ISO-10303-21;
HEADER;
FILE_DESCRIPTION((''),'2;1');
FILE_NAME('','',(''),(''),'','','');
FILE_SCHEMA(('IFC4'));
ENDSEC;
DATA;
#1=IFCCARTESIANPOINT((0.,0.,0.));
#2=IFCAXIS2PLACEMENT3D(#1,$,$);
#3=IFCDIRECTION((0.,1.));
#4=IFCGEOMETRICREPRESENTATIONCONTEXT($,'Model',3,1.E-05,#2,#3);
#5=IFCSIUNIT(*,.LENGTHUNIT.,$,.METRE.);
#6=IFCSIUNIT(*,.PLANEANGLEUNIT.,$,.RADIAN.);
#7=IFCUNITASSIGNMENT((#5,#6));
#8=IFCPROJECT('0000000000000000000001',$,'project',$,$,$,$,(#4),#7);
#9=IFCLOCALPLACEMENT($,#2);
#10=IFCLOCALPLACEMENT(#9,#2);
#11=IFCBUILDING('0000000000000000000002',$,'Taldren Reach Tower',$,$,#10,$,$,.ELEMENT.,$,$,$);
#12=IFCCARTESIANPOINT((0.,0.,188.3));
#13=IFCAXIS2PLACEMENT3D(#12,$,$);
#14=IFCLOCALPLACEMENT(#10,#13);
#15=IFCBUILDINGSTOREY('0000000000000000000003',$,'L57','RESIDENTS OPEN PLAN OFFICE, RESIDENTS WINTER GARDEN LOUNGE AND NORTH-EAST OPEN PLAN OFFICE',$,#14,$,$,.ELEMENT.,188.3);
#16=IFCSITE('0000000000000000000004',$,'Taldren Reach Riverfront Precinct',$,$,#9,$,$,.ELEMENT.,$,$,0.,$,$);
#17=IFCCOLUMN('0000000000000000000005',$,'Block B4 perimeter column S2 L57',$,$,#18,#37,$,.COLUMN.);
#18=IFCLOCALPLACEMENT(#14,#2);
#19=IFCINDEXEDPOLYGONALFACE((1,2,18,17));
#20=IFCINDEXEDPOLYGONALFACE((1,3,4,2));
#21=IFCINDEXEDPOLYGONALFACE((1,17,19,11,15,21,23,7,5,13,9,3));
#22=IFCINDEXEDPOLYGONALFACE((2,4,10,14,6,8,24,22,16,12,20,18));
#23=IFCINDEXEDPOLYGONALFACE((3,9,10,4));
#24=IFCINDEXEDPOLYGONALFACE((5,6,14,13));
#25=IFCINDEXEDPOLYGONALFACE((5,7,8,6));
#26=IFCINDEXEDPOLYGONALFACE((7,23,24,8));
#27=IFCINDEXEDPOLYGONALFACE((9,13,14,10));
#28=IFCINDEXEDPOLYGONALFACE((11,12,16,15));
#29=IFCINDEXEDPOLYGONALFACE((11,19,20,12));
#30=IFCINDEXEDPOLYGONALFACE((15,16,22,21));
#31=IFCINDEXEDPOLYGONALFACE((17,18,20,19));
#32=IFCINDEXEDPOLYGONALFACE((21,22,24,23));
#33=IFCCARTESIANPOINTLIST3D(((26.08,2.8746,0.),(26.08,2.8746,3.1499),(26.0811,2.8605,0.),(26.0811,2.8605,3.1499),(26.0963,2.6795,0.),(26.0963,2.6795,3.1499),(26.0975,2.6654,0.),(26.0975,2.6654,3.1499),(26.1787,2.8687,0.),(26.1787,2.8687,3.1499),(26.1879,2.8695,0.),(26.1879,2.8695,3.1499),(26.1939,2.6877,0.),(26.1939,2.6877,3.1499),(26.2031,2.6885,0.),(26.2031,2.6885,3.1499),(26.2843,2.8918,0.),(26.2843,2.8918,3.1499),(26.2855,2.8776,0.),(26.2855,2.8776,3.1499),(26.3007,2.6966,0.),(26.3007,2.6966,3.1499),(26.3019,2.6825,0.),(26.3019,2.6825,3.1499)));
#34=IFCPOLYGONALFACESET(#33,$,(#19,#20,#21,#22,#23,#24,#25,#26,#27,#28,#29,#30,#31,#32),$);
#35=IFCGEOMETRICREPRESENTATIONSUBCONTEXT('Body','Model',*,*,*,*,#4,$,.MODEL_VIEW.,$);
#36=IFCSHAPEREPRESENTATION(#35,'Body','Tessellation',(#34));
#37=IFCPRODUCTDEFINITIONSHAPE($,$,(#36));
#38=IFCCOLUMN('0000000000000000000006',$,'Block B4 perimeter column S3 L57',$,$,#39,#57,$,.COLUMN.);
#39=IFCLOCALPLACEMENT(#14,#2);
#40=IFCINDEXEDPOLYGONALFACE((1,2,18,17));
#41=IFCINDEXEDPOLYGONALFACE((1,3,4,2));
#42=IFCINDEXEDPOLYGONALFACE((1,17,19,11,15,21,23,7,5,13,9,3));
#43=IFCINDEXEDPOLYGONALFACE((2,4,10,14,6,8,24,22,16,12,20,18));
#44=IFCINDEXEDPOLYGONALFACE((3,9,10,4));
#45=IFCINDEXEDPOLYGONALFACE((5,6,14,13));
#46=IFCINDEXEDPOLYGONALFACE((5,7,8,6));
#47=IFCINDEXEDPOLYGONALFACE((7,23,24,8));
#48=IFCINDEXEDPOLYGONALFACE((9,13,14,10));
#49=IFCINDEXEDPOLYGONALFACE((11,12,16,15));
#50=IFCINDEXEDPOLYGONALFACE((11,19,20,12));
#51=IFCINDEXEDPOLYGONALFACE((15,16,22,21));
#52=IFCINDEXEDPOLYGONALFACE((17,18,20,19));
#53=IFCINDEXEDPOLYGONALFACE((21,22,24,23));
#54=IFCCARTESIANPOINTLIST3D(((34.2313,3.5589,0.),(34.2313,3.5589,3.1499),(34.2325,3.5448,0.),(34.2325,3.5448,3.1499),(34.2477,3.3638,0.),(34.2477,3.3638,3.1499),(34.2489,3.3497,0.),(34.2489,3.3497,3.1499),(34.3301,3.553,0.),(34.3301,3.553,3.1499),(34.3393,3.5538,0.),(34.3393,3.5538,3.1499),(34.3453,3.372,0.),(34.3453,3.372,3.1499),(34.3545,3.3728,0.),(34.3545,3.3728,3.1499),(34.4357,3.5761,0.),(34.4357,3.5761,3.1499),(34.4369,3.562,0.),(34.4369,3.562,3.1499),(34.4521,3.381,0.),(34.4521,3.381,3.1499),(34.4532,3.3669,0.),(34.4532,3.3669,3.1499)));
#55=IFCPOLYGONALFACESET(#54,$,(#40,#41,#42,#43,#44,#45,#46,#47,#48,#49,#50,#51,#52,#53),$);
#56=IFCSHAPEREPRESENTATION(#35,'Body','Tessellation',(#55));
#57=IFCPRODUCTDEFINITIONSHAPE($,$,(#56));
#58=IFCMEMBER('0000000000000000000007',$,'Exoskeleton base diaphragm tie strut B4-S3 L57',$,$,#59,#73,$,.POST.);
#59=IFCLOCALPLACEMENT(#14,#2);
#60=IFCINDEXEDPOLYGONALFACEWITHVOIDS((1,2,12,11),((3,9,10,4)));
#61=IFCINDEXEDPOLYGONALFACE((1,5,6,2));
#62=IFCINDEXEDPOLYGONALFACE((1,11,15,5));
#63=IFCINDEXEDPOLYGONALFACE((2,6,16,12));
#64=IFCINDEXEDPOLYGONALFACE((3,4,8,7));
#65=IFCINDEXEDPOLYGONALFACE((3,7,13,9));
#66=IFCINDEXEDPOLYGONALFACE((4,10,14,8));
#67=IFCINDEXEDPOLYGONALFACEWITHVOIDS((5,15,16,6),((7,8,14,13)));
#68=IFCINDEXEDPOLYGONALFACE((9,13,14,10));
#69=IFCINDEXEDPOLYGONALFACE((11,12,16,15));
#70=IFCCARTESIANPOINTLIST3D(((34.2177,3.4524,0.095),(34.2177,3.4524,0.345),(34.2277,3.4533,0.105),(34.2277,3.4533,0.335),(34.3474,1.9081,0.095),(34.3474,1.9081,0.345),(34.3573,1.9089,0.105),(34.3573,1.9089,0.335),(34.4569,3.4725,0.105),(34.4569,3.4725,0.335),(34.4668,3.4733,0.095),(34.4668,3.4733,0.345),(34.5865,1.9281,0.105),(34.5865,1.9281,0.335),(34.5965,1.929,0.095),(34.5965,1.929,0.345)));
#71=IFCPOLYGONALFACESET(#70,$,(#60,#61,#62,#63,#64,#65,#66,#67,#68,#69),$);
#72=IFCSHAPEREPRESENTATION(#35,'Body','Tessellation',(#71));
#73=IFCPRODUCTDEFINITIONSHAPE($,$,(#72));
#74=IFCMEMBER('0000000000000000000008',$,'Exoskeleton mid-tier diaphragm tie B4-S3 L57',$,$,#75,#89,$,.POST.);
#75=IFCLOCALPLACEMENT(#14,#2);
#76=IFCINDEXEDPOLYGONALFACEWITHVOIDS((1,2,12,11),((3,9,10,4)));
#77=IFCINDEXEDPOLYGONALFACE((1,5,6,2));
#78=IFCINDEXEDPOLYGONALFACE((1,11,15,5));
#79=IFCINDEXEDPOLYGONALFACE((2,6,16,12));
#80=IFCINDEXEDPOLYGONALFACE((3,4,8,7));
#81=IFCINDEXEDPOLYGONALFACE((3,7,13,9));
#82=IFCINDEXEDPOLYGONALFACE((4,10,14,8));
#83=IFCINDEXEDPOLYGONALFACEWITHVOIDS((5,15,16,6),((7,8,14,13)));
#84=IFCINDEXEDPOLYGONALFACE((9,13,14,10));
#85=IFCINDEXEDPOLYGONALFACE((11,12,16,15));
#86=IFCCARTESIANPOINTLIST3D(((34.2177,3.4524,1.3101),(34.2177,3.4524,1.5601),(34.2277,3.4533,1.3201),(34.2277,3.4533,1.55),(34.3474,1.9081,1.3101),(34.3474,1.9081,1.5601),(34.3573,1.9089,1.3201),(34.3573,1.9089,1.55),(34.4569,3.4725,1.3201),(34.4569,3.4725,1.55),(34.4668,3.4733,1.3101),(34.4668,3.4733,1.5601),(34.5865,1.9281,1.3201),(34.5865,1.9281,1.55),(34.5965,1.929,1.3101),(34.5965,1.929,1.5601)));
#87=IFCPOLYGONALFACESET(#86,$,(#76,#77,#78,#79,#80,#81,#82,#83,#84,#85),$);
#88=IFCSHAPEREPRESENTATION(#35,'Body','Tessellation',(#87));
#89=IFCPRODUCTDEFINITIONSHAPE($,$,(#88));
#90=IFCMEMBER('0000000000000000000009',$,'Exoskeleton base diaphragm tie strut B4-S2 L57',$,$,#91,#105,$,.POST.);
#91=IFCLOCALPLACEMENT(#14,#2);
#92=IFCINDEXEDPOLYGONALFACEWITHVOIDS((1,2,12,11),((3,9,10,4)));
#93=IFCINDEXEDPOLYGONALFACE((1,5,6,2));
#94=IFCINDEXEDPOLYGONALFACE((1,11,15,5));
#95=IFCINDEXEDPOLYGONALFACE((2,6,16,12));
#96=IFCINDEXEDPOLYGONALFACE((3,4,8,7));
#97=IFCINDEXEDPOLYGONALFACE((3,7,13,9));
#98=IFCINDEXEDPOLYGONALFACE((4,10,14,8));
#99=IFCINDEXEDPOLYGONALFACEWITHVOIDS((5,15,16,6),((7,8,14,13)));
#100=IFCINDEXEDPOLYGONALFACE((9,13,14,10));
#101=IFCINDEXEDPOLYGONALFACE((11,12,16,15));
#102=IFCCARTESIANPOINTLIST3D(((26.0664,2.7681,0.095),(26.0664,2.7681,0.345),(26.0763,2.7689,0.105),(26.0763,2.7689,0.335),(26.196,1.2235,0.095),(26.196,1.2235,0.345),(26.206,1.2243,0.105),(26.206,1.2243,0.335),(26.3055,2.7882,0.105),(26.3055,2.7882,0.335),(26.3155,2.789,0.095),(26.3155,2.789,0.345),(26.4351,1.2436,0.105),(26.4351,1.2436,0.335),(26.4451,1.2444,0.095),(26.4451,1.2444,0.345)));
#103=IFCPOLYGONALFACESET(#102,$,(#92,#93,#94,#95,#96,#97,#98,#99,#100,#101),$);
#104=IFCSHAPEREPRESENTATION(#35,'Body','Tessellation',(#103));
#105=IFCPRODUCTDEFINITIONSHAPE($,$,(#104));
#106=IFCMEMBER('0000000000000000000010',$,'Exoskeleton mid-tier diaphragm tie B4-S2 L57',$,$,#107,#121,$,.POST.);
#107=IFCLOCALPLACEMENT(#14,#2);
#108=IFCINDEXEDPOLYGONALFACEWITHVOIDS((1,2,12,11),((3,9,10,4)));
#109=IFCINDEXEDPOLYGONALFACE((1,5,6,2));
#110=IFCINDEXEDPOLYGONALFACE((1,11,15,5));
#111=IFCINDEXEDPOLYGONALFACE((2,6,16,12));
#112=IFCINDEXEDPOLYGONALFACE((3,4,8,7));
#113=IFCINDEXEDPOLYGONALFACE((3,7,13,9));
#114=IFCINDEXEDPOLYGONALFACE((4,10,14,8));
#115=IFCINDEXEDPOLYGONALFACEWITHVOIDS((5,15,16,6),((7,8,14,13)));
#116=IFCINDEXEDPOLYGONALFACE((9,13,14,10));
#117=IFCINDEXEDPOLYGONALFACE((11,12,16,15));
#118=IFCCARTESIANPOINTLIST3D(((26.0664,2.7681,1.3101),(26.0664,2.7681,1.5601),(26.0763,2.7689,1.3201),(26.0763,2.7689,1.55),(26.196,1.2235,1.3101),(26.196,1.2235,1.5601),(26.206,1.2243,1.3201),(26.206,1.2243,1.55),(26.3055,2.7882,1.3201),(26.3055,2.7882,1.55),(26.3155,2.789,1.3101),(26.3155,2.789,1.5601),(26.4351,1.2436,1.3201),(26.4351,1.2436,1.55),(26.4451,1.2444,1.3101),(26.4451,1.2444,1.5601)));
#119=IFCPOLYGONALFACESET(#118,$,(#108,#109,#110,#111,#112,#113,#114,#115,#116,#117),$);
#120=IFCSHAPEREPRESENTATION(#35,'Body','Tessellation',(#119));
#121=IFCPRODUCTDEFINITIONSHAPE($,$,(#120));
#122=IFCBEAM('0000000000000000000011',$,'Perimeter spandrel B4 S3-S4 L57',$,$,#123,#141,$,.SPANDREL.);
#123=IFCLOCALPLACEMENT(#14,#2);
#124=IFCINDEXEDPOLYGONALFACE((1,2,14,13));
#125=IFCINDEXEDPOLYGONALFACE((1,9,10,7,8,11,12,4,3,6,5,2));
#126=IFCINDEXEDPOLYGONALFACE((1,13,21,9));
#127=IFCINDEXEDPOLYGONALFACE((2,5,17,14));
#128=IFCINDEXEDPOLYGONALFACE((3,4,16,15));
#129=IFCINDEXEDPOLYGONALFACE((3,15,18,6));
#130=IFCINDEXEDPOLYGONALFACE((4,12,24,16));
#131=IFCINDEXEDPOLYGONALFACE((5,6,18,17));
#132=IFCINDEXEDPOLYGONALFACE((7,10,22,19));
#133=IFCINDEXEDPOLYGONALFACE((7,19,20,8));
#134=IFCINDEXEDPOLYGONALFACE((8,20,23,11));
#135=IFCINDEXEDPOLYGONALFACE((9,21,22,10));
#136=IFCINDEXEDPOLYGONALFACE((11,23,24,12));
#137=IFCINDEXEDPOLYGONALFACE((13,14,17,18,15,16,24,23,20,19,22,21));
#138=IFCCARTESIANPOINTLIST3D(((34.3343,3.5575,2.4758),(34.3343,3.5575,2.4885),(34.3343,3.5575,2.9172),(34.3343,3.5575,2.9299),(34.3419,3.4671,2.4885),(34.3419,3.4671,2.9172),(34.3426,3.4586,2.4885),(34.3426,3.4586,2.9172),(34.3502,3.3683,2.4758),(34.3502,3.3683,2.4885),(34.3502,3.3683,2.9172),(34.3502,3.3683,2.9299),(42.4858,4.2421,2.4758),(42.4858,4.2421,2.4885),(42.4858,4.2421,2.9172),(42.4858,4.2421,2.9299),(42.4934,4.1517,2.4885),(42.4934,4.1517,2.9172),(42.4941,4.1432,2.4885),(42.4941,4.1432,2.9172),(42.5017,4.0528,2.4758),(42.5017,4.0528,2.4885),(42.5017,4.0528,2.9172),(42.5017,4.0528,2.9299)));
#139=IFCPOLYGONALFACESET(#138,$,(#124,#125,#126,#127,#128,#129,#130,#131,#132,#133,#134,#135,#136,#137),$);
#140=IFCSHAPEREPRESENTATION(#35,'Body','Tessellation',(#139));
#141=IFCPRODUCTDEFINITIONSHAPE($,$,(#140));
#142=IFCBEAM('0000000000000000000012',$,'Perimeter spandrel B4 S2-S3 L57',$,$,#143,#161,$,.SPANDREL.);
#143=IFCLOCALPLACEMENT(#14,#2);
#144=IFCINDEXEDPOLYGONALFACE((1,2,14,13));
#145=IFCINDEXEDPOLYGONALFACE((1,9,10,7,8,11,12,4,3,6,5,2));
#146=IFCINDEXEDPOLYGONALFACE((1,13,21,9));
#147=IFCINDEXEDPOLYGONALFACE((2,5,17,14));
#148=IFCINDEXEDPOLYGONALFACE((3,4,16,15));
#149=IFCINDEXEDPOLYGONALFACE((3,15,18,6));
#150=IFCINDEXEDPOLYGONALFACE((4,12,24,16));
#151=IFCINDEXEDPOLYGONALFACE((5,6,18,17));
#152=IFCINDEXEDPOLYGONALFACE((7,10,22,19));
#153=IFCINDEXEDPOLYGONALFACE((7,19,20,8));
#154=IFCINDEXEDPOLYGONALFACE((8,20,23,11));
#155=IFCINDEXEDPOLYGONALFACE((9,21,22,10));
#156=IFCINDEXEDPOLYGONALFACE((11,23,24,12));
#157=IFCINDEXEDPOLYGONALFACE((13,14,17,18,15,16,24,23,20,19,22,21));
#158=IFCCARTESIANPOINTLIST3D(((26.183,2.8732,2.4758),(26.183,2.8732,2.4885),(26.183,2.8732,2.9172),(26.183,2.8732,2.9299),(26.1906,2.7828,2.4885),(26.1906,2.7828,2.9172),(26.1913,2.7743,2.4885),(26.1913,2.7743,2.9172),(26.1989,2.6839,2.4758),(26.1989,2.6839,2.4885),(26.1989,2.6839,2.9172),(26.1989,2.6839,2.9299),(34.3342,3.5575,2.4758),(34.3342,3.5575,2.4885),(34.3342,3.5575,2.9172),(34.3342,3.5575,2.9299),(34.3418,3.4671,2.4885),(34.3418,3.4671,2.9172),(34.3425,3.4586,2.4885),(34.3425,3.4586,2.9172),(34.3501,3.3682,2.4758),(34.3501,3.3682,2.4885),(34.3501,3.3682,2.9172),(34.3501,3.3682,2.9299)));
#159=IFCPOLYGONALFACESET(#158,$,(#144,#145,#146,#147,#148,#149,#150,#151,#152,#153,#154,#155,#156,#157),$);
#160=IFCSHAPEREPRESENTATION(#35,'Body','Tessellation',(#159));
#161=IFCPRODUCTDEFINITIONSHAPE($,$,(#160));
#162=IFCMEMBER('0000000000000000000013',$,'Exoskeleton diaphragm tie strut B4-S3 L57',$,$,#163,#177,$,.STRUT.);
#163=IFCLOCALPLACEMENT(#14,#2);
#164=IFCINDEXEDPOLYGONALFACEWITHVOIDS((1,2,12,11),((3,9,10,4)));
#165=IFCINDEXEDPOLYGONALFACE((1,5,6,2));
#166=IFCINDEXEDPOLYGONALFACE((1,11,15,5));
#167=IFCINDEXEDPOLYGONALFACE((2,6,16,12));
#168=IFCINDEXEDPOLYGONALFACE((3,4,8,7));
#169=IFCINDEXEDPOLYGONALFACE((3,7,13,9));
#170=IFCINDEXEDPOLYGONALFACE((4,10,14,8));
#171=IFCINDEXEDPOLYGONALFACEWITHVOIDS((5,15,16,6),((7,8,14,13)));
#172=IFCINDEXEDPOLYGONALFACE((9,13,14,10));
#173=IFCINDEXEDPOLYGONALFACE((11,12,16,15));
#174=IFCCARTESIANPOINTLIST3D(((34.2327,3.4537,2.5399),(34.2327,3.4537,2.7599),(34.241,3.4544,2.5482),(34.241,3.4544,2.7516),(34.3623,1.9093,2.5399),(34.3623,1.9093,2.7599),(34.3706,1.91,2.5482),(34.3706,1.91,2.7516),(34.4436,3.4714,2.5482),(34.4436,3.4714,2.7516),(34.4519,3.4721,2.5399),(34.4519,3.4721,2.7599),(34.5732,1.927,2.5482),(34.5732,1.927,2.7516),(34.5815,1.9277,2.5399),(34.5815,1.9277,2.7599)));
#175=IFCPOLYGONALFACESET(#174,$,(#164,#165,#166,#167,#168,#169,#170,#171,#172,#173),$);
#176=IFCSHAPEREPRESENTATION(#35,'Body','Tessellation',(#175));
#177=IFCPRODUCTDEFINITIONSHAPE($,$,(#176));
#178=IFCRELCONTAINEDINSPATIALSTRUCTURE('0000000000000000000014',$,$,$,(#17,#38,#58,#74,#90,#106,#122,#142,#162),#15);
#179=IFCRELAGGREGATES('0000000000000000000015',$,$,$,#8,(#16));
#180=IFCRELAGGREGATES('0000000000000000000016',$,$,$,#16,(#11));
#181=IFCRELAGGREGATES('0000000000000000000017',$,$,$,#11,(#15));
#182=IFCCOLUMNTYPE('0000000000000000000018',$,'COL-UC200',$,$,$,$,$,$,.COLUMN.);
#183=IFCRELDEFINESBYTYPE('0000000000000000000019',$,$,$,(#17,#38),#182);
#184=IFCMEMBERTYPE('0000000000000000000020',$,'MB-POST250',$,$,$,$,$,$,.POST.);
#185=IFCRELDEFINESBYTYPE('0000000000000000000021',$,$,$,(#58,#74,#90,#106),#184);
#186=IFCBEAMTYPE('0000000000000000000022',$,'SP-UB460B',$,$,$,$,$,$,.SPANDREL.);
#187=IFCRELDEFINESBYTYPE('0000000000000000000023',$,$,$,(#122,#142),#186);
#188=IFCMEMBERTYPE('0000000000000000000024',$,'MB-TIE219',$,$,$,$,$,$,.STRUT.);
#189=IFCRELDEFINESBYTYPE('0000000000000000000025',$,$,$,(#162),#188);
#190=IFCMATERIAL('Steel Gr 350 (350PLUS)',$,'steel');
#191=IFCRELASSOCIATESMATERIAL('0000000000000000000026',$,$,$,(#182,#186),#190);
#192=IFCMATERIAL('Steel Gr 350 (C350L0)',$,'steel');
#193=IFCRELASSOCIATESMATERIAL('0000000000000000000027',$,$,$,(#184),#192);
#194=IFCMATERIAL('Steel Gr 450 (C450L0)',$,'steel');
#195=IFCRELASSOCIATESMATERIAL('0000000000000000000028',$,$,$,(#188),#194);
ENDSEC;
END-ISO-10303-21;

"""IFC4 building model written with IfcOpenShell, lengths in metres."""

from ifc_helpers import new_model, si_unit, direction, frame, origin, origin_2d, place, context, subcontext, project, spatial, hollow_rectangle, i_section, extrude, source, transform, mapped, material, material_profile, profile_set, type_object, element, save


model = new_model("IFC4")

# Units and contexts
model_context = context("Model", 3, precision=1e-05, world=origin(), true_north=direction((0.0, 1.0)))
body_context = subcontext(model_context, "Body", "Model", "MODEL_VIEW")
ifc_project = project(units=[si_unit("LENGTHUNIT", "METRE"), si_unit("PLANEANGLEUNIT", "RADIAN")], contexts=[model_context])

# Site, building, storey
site_placement = place(None, origin())
site = spatial("IfcSite", under=ifc_project, at=site_placement, Name="Taldren Reach Riverfront Precinct", CompositionType="ELEMENT", RefElevation=0.0)
building_placement = place(site_placement, origin())
building = spatial("IfcBuilding", under=site, at=building_placement, Name="Taldren Reach Tower", CompositionType="ELEMENT")
storey_placement = place(building_placement, frame((0.0, 0.0, 188.3)))
storey = spatial("IfcBuildingStorey", under=building, at=storey_placement, Name="L57", Description="RESIDENTS OPEN PLAN OFFICE, RESIDENTS WINTER GARDEN LOUNGE AND NORTH-EAST OPEN PLAN OFFICE", CompositionType="ELEMENT", Elevation=188.3)

# Columns
ifc_material_1 = material(Name="Steel Gr 350 (350PLUS)", Category="steel")
ifc_material_profile_1 = material_profile(ifc_material_1, i_section(OverallWidth=0.2051, OverallDepth=0.21, WebThickness=0.0093, FlangeThickness=0.0142, at=origin_2d()), Name="200UC59.5")
ifc_profile_set_1 = profile_set([ifc_material_profile_1], Name="Steel Gr 350 (350PLUS)")
column_type = type_object("IfcColumnType", Name="COL-UC200", PredefinedType="COLUMN", material=ifc_profile_set_1)
shared_shape_1 = source(origin(), body_context, "Body", "SweptSolid", [
    extrude(i_section(OverallWidth=0.2051, OverallDepth=0.21, WebThickness=0.0093, FlangeThickness=0.0142, at=origin_2d()), origin(), (0.0, 0.0, 1.0), 3.1499),
])
for number, where, z_axis, x_axis, name in (
    (1, (26.1909, 2.7786, 0.0), (0.0, 0.0, 1.0), (0.996493, 0.083678, 0.0), "Block B4 perimeter column S2 L57"),
    (2, (34.3423, 3.4629, 0.0), (0.0, 0.0, 1.0), (0.996493, 0.083678, 0.0), "Block B4 perimeter column S3 L57"),
):
    element("IfcColumn", number, at=place(storey_placement, frame(where, z_axis=z_axis, x_axis=x_axis)), inside=storey, type_object=column_type, Name=name, PredefinedType="COLUMN", context=body_context, shape_type="MappedRepresentation", body=[
        mapped(shared_shape_1, transform((0.0, 0.0, 0.0), scale=1.0)),
    ])

# Members
ifc_material_2 = material(Name="Steel Gr 350 (C350L0)", Category="steel")
ifc_material_profile_2 = material_profile(ifc_material_2, hollow_rectangle(XDim=0.25, YDim=0.25, WallThickness=0.01, at=origin_2d()), Name="250x250x10.0SHS")
ifc_profile_set_2 = profile_set([ifc_material_profile_2], Name="Steel Gr 350 (C350L0)")
member_type_1 = type_object("IfcMemberType", Name="MB-POST250", PredefinedType="POST", material=ifc_profile_set_2)
shared_shape_2 = source(origin(), body_context, "Body", "SweptSolid", [
    extrude(hollow_rectangle(XDim=0.25, YDim=0.25, WallThickness=0.01, at=origin_2d()), origin(), (0.0, 0.0, 1.0), 1.5498),
])
for number, where, z_axis, x_axis, name in (
    (3, (34.3423, 3.4629, 0.22), (0.083645, -0.996496, 0.0), (0.996496, 0.083645, 0.0), "Exoskeleton base diaphragm tie strut B4-S3 L57"),
    (4, (34.3423, 3.4629, 1.4351), (0.083645, -0.996496, 0.0), (0.996496, 0.083645, 0.0), "Exoskeleton mid-tier diaphragm tie B4-S3 L57"),
):
    element("IfcMember", number, at=place(storey_placement, frame(where, z_axis=z_axis, x_axis=x_axis)), inside=storey, type_object=member_type_1, Name=name, PredefinedType="POST", context=body_context, shape_type="MappedRepresentation", body=[
        mapped(shared_shape_2, transform((0.0, 0.0, 0.0), scale=1.0)),
    ])
shared_shape_3 = source(origin(), body_context, "Body", "SweptSolid", [
    extrude(hollow_rectangle(XDim=0.25, YDim=0.25, WallThickness=0.01, at=origin_2d()), origin(), (0.0, 0.0, 1.0), 1.55),
])
for number, where, z_axis, x_axis, name in (
    (5, (26.1909, 2.7786, 0.22), (0.083632, -0.996497, 0.0), (0.996497, 0.083632, 0.0), "Exoskeleton base diaphragm tie strut B4-S2 L57"),
    (6, (26.1909, 2.7786, 1.4351), (0.083632, -0.996497, 0.0), (0.996497, 0.083632, 0.0), "Exoskeleton mid-tier diaphragm tie B4-S2 L57"),
):
    element("IfcMember", number, at=place(storey_placement, frame(where, z_axis=z_axis, x_axis=x_axis)), inside=storey, type_object=member_type_1, Name=name, PredefinedType="POST", context=body_context, shape_type="MappedRepresentation", body=[
        mapped(shared_shape_3, transform((0.0, 0.0, 0.0), scale=1.0)),
    ])

# Beams
ifc_material_profile_3 = material_profile(ifc_material_1, i_section(OverallWidth=0.1899, OverallDepth=0.4541, WebThickness=0.0085, FlangeThickness=0.0127, at=origin_2d()), Name="460UB67.1")
ifc_profile_set_3 = profile_set([ifc_material_profile_3], Name="Steel Gr 350 (350PLUS)")
beam_type = type_object("IfcBeamType", Name="SP-UB460B", PredefinedType="SPANDREL", material=ifc_profile_set_3)
shared_shape_4 = source(origin(), body_context, "Body", "SweptSolid", [
    extrude(i_section(OverallWidth=0.1899, OverallDepth=0.4541, WebThickness=0.0085, FlangeThickness=0.0127, at=origin_2d()), origin(), (0.0, 0.0, 1.0), 8.1802),
])
beam_1_placement = place(storey_placement, frame((34.3423, 3.4629, 2.7029), z_axis=(0.996492, 0.083688, 0.0), x_axis=(-0.083688, 0.996492, 0.0)))
element("IfcBeam", 7, at=beam_1_placement, inside=storey, type_object=beam_type, Name="Perimeter spandrel B4 S3-S4 L57", PredefinedType="SPANDREL", context=body_context, shape_type="MappedRepresentation", body=[
    mapped(shared_shape_4, transform((0.0, 0.0, 0.0), scale=1.0)),
])
shared_shape_5 = source(origin(), body_context, "Body", "SweptSolid", [
    extrude(i_section(OverallWidth=0.1899, OverallDepth=0.4541, WebThickness=0.0085, FlangeThickness=0.0127, at=origin_2d()), origin(), (0.0, 0.0, 1.0), 8.1799),
])
beam_2_placement = place(storey_placement, frame((26.1909, 2.7786, 2.7029), z_axis=(0.996495, 0.083658, 0.0), x_axis=(-0.083658, 0.996495, 0.0)))
element("IfcBeam", 8, at=beam_2_placement, inside=storey, type_object=beam_type, Name="Perimeter spandrel B4 S2-S3 L57", PredefinedType="SPANDREL", context=body_context, shape_type="MappedRepresentation", body=[
    mapped(shared_shape_5, transform((0.0, 0.0, 0.0), scale=1.0)),
])

# Member
ifc_material_3 = material(Name="Steel Gr 450 (C450L0)", Category="steel")
ifc_material_profile_4 = material_profile(ifc_material_3, hollow_rectangle(XDim=0.22, YDim=0.22, WallThickness=0.0083, at=origin_2d()), Name="220x220x8.2SHS")
ifc_profile_set_4 = profile_set([ifc_material_profile_4], Name="Steel Gr 450 (C450L0)")
member_type_2 = type_object("IfcMemberType", Name="MB-TIE219", PredefinedType="STRUT", material=ifc_profile_set_4)
shared_shape_6 = source(origin(), body_context, "Body", "SweptSolid", [
    extrude(hollow_rectangle(XDim=0.22, YDim=0.22, WallThickness=0.0083, at=origin_2d()), origin(), (0.0, 0.0, 1.0), 1.5498),
])
member_1_placement = place(storey_placement, frame((34.3423, 3.4629, 2.6499), z_axis=(0.083645, -0.996496, 0.0), x_axis=(0.996496, 0.083645, 0.0)))
element("IfcMember", 9, at=member_1_placement, inside=storey, type_object=member_type_2, Name="Exoskeleton diaphragm tie strut B4-S3 L57", PredefinedType="STRUT", context=body_context, shape_type="MappedRepresentation", body=[
    mapped(shared_shape_6, transform((0.0, 0.0, 0.0), scale=1.0)),
])

save(model, "model.ifc")
